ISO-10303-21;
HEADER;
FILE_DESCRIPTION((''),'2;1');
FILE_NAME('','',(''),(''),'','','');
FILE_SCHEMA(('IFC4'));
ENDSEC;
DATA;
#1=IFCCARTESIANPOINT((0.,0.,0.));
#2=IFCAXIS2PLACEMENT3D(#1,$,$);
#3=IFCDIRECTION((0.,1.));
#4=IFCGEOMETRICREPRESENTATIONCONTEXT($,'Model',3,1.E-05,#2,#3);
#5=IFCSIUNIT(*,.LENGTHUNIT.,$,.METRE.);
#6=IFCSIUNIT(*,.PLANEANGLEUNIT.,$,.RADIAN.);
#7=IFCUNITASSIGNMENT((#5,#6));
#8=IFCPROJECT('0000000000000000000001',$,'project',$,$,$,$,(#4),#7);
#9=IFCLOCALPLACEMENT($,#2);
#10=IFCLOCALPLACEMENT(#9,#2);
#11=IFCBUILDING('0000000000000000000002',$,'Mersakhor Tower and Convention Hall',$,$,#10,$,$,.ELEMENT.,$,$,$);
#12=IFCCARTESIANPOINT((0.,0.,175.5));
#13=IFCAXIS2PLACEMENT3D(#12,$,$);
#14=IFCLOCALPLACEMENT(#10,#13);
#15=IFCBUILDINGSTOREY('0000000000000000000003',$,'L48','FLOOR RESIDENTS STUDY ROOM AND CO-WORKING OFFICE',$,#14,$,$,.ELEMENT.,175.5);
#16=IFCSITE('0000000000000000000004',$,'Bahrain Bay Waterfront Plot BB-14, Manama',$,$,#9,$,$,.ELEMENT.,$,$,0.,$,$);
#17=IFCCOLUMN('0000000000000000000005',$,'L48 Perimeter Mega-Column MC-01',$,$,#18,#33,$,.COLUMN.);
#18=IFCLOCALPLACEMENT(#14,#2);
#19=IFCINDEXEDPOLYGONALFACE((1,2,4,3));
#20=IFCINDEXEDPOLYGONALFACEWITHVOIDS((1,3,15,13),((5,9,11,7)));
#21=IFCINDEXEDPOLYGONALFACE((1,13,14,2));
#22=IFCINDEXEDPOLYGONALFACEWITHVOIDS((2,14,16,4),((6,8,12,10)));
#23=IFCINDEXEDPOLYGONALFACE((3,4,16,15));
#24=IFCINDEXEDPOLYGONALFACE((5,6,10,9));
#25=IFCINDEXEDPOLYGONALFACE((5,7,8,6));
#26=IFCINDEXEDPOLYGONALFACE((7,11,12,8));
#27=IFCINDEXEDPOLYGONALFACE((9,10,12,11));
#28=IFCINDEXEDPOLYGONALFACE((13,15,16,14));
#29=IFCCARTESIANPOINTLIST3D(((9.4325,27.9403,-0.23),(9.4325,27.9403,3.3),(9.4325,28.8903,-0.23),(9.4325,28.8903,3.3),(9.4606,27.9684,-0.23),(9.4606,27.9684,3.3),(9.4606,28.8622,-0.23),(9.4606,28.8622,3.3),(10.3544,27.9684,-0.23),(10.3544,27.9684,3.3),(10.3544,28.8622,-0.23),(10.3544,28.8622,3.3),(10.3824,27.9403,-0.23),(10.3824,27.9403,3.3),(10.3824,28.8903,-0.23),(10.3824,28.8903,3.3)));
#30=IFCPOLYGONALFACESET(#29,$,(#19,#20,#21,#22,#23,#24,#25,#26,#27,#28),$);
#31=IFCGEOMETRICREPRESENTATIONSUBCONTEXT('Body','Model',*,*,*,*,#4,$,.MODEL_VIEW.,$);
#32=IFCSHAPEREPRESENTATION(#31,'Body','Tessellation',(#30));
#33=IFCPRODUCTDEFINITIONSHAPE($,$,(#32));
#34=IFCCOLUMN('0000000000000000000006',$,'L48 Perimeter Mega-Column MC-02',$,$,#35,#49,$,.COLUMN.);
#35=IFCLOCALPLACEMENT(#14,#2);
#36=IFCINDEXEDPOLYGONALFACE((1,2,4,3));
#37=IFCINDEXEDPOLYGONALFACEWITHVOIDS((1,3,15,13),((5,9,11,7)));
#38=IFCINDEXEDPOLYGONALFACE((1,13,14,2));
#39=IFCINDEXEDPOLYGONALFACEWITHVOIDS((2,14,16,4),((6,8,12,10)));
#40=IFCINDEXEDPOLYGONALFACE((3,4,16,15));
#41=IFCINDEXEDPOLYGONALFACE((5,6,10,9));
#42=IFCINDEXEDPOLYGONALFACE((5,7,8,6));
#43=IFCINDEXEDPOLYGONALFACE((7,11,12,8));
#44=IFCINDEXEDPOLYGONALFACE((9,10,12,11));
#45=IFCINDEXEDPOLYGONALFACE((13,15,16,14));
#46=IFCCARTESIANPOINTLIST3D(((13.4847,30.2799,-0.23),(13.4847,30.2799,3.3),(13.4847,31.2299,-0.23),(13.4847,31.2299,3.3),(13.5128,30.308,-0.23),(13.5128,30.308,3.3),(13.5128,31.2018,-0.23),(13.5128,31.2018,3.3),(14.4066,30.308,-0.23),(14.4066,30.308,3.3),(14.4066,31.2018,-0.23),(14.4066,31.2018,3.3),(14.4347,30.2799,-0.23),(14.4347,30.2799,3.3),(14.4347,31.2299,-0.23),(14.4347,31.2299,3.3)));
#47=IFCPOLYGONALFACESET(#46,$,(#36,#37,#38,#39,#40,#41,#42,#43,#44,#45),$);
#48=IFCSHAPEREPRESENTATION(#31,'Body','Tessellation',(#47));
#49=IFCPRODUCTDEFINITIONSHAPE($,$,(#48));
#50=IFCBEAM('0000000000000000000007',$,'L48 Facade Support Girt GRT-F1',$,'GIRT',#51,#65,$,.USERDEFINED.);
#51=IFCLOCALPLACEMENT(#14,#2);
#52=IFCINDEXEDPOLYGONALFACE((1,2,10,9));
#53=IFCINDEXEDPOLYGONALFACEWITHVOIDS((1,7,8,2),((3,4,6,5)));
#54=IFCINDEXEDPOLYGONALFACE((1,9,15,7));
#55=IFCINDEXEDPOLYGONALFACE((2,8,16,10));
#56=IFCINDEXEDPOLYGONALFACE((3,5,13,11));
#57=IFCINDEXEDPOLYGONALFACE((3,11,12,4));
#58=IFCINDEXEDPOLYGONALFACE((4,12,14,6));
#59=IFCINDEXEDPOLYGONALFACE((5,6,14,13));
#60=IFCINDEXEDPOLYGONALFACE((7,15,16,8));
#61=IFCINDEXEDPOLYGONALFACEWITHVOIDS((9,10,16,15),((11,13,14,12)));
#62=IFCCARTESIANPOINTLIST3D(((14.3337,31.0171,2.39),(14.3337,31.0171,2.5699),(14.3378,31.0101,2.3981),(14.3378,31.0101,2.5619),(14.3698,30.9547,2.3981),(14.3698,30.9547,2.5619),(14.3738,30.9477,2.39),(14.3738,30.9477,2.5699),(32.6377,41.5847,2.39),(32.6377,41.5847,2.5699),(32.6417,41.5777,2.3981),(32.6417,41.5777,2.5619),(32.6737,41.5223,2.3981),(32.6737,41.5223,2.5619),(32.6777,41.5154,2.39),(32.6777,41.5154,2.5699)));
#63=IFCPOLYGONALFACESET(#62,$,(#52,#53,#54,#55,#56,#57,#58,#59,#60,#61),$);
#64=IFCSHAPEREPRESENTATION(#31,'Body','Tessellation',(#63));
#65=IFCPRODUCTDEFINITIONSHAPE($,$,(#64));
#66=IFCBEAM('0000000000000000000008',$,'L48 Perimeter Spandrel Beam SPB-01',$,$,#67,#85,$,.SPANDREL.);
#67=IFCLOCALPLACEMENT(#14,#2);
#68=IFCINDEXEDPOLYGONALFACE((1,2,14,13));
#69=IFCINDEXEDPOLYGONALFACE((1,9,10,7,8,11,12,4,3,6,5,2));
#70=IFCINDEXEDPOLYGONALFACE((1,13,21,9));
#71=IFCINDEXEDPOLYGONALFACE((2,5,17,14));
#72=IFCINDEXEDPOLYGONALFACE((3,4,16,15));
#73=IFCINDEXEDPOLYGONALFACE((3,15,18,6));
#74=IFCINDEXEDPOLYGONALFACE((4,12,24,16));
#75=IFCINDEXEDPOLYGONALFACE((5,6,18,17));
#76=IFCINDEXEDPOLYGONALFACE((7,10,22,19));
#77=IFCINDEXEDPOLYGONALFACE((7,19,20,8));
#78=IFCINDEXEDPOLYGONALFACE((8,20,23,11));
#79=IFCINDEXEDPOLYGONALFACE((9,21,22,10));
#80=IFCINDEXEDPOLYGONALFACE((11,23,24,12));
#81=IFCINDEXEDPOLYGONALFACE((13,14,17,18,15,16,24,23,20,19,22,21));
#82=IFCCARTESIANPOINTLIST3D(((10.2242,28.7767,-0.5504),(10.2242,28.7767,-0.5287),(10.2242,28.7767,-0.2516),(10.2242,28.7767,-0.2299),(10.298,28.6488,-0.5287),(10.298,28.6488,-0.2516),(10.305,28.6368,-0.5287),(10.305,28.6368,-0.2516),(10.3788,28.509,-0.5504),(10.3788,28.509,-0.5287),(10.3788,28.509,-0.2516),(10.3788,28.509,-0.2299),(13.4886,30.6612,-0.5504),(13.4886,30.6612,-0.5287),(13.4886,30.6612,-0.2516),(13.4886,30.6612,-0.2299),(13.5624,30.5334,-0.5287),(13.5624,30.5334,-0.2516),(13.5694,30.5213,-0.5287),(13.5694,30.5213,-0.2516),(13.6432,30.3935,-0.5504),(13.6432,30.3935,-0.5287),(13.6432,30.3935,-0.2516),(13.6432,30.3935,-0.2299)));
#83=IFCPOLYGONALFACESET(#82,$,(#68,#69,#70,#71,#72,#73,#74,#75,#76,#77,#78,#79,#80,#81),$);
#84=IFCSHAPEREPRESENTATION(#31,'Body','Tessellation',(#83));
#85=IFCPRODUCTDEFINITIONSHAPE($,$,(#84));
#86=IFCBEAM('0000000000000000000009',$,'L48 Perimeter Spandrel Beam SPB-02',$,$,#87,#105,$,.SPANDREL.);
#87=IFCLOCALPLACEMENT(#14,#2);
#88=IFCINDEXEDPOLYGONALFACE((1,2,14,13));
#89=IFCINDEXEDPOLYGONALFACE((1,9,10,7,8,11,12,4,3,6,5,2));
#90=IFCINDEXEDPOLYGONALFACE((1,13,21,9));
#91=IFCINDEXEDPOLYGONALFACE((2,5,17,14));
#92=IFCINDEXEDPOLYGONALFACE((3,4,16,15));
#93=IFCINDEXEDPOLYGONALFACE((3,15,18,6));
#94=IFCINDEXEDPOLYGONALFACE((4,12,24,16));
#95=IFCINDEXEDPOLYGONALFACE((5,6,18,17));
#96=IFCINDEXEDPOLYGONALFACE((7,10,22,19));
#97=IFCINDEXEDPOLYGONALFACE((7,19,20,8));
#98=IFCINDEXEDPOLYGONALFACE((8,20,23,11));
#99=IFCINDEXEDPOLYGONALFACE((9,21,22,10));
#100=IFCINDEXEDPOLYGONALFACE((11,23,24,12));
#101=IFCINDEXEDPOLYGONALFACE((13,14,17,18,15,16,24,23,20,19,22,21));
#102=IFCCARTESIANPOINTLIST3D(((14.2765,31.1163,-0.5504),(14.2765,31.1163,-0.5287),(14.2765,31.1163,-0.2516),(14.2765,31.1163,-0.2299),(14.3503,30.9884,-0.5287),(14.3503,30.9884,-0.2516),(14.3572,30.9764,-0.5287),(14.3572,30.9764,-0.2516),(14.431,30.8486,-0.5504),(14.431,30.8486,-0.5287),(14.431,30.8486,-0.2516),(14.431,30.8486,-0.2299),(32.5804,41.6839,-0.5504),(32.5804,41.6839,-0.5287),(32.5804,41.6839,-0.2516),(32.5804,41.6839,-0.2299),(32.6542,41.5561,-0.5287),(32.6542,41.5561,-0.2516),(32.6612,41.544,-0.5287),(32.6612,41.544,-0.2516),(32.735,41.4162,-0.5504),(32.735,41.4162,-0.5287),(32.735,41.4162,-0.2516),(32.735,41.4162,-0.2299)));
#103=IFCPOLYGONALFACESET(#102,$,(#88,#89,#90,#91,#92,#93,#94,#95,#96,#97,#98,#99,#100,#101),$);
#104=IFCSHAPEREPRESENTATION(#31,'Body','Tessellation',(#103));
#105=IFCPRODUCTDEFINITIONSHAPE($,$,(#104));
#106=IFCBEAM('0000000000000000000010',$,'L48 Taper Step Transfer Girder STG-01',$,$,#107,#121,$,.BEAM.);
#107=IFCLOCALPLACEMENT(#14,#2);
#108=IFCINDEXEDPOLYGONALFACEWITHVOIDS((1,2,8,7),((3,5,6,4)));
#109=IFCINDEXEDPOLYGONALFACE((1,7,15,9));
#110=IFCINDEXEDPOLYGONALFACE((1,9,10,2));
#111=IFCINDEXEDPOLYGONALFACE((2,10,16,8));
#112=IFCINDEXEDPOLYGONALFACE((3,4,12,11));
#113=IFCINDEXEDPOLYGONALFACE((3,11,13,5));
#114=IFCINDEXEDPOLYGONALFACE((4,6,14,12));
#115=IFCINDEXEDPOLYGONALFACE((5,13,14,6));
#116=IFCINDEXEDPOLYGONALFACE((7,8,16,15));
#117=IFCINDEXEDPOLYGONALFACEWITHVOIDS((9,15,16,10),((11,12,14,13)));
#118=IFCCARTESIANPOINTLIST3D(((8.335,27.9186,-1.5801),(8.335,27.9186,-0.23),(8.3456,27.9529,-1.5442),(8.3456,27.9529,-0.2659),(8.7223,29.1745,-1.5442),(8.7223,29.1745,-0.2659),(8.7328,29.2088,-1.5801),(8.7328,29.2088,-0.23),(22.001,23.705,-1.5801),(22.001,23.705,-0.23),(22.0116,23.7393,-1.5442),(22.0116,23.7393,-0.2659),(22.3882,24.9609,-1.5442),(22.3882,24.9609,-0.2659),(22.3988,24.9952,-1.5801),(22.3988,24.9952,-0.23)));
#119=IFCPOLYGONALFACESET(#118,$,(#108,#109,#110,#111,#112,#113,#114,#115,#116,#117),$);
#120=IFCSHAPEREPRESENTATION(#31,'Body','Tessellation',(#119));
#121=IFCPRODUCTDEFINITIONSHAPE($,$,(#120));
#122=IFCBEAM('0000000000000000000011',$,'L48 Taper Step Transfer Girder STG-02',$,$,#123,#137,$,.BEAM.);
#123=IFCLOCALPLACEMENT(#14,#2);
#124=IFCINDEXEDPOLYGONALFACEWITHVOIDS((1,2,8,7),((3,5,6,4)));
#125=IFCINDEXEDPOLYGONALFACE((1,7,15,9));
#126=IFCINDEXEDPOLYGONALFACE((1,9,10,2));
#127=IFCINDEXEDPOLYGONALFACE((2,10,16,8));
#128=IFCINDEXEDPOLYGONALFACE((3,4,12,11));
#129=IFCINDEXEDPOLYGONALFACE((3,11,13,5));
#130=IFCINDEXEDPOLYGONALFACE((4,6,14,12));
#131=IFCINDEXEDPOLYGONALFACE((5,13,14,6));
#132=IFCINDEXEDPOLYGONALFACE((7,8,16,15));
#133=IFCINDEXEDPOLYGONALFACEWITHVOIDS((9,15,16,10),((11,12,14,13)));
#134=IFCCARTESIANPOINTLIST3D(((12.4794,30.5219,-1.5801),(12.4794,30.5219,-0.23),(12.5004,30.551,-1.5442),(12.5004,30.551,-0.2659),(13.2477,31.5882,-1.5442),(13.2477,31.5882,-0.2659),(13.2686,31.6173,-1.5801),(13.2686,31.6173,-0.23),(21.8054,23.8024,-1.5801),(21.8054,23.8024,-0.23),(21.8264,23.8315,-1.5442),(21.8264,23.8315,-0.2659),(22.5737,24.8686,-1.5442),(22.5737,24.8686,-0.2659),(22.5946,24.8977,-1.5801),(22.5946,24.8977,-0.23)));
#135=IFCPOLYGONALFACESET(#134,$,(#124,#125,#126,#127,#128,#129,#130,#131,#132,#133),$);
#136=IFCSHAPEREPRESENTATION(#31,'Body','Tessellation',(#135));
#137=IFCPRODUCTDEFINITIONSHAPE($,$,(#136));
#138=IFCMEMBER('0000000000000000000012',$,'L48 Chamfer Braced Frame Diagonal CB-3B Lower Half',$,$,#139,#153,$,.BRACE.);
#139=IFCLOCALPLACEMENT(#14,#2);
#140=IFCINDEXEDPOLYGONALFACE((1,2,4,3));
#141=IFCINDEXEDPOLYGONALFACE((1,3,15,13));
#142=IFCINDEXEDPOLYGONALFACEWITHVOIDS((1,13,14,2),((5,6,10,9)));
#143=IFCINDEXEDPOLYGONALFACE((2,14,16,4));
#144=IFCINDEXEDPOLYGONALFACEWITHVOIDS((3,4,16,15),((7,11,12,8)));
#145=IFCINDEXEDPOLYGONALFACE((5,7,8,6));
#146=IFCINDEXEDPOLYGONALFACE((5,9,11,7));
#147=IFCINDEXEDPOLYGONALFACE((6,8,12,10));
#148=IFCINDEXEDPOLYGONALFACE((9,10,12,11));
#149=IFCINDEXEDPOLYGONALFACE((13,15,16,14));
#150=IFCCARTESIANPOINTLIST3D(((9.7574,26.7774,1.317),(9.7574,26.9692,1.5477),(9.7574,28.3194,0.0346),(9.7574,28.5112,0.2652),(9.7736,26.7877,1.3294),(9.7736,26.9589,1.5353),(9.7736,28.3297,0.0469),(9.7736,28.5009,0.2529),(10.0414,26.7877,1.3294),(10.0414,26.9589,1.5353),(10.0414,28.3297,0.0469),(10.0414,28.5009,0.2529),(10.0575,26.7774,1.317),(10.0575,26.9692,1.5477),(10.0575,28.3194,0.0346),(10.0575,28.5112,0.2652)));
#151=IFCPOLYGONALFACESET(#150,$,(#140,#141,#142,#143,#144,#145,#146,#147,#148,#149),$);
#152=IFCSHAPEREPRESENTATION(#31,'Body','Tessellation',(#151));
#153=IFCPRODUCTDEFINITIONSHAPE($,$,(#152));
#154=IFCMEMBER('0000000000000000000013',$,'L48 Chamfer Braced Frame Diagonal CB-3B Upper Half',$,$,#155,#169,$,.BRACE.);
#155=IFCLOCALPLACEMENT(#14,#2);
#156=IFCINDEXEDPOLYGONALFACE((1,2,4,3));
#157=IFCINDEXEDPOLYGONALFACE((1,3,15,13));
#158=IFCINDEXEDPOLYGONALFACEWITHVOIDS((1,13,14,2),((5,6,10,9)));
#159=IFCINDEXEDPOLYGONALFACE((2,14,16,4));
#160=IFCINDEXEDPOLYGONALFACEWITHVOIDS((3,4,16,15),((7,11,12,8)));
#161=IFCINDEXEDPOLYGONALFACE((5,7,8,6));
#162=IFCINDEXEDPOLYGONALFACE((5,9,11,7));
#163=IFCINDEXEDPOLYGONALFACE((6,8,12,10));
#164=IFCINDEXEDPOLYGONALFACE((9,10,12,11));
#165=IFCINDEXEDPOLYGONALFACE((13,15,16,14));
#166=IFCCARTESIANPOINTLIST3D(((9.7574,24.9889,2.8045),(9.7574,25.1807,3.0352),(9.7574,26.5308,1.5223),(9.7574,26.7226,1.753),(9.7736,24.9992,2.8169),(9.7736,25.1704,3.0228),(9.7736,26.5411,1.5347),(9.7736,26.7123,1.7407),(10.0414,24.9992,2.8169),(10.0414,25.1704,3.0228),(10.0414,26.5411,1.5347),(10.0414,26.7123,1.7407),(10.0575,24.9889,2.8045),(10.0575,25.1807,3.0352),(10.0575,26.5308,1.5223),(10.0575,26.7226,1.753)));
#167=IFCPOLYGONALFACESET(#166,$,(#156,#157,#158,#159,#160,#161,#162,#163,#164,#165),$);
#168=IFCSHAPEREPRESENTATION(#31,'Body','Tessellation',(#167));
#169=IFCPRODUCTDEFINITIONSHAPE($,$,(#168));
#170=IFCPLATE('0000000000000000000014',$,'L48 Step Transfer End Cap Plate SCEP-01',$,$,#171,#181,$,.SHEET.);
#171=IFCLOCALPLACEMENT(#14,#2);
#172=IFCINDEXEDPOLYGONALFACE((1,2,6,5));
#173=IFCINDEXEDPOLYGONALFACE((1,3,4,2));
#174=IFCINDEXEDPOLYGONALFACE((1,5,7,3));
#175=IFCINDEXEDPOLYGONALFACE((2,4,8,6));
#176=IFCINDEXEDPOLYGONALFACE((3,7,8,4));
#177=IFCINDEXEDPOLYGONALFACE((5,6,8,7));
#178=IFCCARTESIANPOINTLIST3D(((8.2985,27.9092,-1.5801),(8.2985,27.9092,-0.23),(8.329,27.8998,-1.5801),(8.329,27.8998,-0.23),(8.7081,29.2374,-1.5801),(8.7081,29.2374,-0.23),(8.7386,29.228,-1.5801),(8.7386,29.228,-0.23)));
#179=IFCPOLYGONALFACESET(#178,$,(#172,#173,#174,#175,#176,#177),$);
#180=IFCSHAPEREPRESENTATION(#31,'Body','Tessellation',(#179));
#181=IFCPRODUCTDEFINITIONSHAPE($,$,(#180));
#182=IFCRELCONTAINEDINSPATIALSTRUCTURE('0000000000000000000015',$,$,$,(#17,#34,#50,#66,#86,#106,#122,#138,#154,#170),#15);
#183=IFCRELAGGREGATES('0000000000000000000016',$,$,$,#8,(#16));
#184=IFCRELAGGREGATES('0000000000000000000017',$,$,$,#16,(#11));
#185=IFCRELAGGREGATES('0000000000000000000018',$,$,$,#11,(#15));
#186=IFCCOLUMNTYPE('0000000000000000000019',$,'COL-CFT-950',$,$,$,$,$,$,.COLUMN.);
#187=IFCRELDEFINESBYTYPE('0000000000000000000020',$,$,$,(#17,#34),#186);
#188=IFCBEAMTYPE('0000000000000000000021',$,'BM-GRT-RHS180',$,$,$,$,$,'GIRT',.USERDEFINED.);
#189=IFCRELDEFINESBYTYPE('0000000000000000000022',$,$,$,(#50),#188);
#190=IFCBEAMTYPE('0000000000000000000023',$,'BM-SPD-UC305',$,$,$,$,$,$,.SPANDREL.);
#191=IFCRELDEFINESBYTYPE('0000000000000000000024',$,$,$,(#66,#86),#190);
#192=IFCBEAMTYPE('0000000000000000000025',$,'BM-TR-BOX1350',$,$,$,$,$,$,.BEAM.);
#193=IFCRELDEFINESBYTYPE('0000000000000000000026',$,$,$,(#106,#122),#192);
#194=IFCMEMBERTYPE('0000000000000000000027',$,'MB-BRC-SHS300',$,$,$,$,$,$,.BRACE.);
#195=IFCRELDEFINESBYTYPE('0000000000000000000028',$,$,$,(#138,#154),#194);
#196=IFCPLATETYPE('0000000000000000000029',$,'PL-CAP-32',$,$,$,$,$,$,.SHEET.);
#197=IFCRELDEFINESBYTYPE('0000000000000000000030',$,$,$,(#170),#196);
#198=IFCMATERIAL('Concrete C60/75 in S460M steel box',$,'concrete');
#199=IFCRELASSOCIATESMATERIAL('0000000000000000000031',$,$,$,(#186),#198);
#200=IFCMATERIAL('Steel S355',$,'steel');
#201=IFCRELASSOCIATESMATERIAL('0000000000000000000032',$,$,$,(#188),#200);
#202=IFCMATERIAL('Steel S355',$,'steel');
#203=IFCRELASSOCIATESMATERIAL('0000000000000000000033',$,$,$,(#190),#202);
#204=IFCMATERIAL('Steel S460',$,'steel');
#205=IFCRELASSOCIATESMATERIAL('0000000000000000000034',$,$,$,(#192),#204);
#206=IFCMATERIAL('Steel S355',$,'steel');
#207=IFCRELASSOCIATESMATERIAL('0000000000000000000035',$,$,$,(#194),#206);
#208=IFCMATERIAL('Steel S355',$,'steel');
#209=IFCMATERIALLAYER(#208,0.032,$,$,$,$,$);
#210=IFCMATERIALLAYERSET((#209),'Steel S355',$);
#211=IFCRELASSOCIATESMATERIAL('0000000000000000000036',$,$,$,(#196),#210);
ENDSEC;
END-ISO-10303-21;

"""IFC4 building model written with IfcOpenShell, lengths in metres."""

from ifc_helpers import new_model, si_unit, direction, frame, origin, origin_2d, place, context, subcontext, project, spatial, rectangle, hollow_rectangle, i_section, extrude, material, layer, layer_set, material_profile, profile_set, type_object, element, save


model = new_model("IFC4")

# Units and contexts
model_context = context("Model", 3, precision=1e-05, world=origin(), true_north=direction((0.0, 1.0)))
body_context = subcontext(model_context, "Body", "Model", "MODEL_VIEW")
ifc_project = project(units=[si_unit("LENGTHUNIT", "METRE"), si_unit("PLANEANGLEUNIT", "RADIAN")], contexts=[model_context])

# Site, building, storey
site_placement = place(None, origin())
site = spatial("IfcSite", under=ifc_project, at=site_placement, Name="Bahrain Bay Waterfront Plot BB-14, Manama", CompositionType="ELEMENT", RefElevation=0.0)
building_placement = place(site_placement, origin())
building = spatial("IfcBuilding", under=site, at=building_placement, Name="Mersakhor Tower and Convention Hall", CompositionType="ELEMENT")
storey_placement = place(building_placement, frame((0.0, 0.0, 175.5)))
storey = spatial("IfcBuildingStorey", under=building, at=storey_placement, Name="L48", Description="FLOOR RESIDENTS STUDY ROOM AND CO-WORKING OFFICE", CompositionType="ELEMENT", Elevation=175.5)

# Columns
ifc_material_1 = material(Name="Concrete C60/75 in S460M steel box", Category="concrete")
ifc_material_profile_1 = material_profile(ifc_material_1, hollow_rectangle(XDim=0.95, YDim=0.95, WallThickness=0.0281, at=origin_2d()), Name="SHS 950x950x28")
ifc_profile_set_1 = profile_set([ifc_material_profile_1], Name="Concrete C60/75 in S460M steel box")
column_type = type_object("IfcColumnType", Name="COL-CFT-950", PredefinedType="COLUMN", material=ifc_profile_set_1)
for number, where, z_axis, x_axis, name in (
    (1, (9.9075, 28.4153, -0.23), (0.0, 0.0, 1.0), (1.0, 0.0, 0.0), "L48 Perimeter Mega-Column MC-01"),
    (2, (13.9597, 30.7549, -0.23), (0.0, 0.0, 1.0), (1.0, 0.0, 0.0), "L48 Perimeter Mega-Column MC-02"),
):
    element("IfcColumn", number, at=place(storey_placement, frame(where, z_axis=z_axis, x_axis=x_axis)), inside=storey, type_object=column_type, Name=name, PredefinedType="COLUMN", context=body_context, shape_type="SweptSolid", body=[
        extrude(hollow_rectangle(XDim=0.95, YDim=0.95, WallThickness=0.0281, at=origin_2d()), origin(), (0.0, 0.0, 1.0), 3.53),
    ])

# Beams
ifc_material_2 = material(Name="Steel S355", Category="steel")
ifc_material_profile_2 = material_profile(ifc_material_2, hollow_rectangle(XDim=0.0801, YDim=0.1799, WallThickness=0.0081, at=origin_2d()), Name="RHS 180x80x8")
ifc_profile_set_2 = profile_set([ifc_material_profile_2], Name="Steel S355")
beam_type_1 = type_object("IfcBeamType", Name="BM-GRT-RHS180", ElementType="GIRT", PredefinedType="USERDEFINED", material=ifc_profile_set_2)
beam_1_placement = place(storey_placement, frame((14.3538, 30.9824, 2.48), z_axis=(0.866029, 0.499994, 0.0), x_axis=(-0.499994, 0.866029, 0.0)))
element("IfcBeam", 3, at=beam_1_placement, inside=storey, type_object=beam_type_1, Name="L48 Facade Support Girt GRT-F1", ObjectType="GIRT", PredefinedType="USERDEFINED", context=body_context, shape_type="SweptSolid", body=[
    extrude(hollow_rectangle(XDim=0.0801, YDim=0.1799, WallThickness=0.0081, at=origin_2d()), origin(), (0.0, 0.0, 1.0), 21.1355),
])
ifc_material_3 = material(Name="Steel S355", Category="steel")
ifc_material_profile_3 = material_profile(ifc_material_3, i_section(OverallWidth=0.3091, OverallDepth=0.3206, WebThickness=0.0139, FlangeThickness=0.0217, at=origin_2d()), Name="UC 305x305x137")
ifc_profile_set_3 = profile_set([ifc_material_profile_3], Name="Steel S355")
beam_type_2 = type_object("IfcBeamType", Name="BM-SPD-UC305", PredefinedType="SPANDREL", material=ifc_profile_set_3)
beam_2_placement = place(storey_placement, frame((10.3015, 28.6428, -0.3901), z_axis=(0.866046, 0.499964, 0.0), x_axis=(-0.499964, 0.866046, 0.0)))
element("IfcBeam", 4, at=beam_2_placement, inside=storey, type_object=beam_type_2, Name="L48 Perimeter Spandrel Beam SPB-01", PredefinedType="SPANDREL", context=body_context, shape_type="SweptSolid", body=[
    extrude(i_section(OverallWidth=0.3091, OverallDepth=0.3206, WebThickness=0.0139, FlangeThickness=0.0217, at=origin_2d()), origin(), (0.0, 0.0, 1.0), 3.7693),
])
beam_3_placement = place(storey_placement, frame((14.3538, 30.9824, -0.3901), z_axis=(0.866029, 0.499994, 0.0), x_axis=(-0.499994, 0.866029, 0.0)))
element("IfcBeam", 5, at=beam_3_placement, inside=storey, type_object=beam_type_2, Name="L48 Perimeter Spandrel Beam SPB-02", PredefinedType="SPANDREL", context=body_context, shape_type="SweptSolid", body=[
    extrude(i_section(OverallWidth=0.3091, OverallDepth=0.3206, WebThickness=0.0139, FlangeThickness=0.0217, at=origin_2d()), origin(), (0.0, 0.0, 1.0), 21.1355),
])
ifc_material_4 = material(Name="Steel S460", Category="steel")
ifc_material_profile_4 = material_profile(ifc_material_4, hollow_rectangle(XDim=1.3501, YDim=1.3501, WallThickness=0.0359, at=origin_2d()), Name="SHS 1350x1350x36")
ifc_profile_set_4 = profile_set([ifc_material_profile_4], Name="Steel S460")
beam_type_3 = type_object("IfcBeamType", Name="BM-TR-BOX1350", PredefinedType="BEAM", material=ifc_profile_set_4)
beam_4_placement = place(storey_placement, frame((8.5339, 28.5637, -0.905), z_axis=(0.955608, -0.294641, 0.0), x_axis=(0.294641, 0.955608, 0.0)))
element("IfcBeam", 6, at=beam_4_placement, inside=storey, type_object=beam_type_3, Name="L48 Taper Step Transfer Girder STG-01", PredefinedType="BEAM", context=body_context, shape_type="SweptSolid", body=[
    extrude(hollow_rectangle(XDim=1.3501, YDim=1.3501, WallThickness=0.0359, at=origin_2d()), origin(), (0.0, 0.0, 1.0), 14.3008),
])
beam_5_placement = place(storey_placement, frame((12.874, 31.0696, -0.905), z_axis=(0.811336, -0.584581, 0.0), x_axis=(0.584581, 0.811336, 0.0)))
element("IfcBeam", 7, at=beam_5_placement, inside=storey, type_object=beam_type_3, Name="L48 Taper Step Transfer Girder STG-02", PredefinedType="BEAM", context=body_context, shape_type="SweptSolid", body=[
    extrude(hollow_rectangle(XDim=1.3501, YDim=1.3501, WallThickness=0.0359, at=origin_2d()), origin(), (0.0, 0.0, 1.0), 11.4946),
])

# Members
ifc_material_5 = material(Name="Steel S355", Category="steel")
ifc_material_profile_5 = material_profile(ifc_material_5, hollow_rectangle(XDim=0.3, YDim=0.3, WallThickness=0.0161, at=origin_2d()), Name="SHS 300x300x16")
ifc_profile_set_5 = profile_set([ifc_material_profile_5], Name="Steel S355")
member_type = type_object("IfcMemberType", Name="MB-BRC-SHS300", PredefinedType="BRACE", material=ifc_profile_set_5)
member_1_placement = place(storey_placement, frame((9.9075, 28.4153, 0.1499), z_axis=(0.0, -0.76884, 0.639442), x_axis=(1.0, 0.0, 0.0)))
element("IfcMember", 8, at=member_1_placement, inside=storey, type_object=member_type, Name="L48 Chamfer Braced Frame Diagonal CB-3B Lower Half", PredefinedType="BRACE", context=body_context, shape_type="SweptSolid", body=[
    extrude(hollow_rectangle(XDim=0.3, YDim=0.3, WallThickness=0.0161, at=origin_2d()), origin(), (0.0, 0.0, 1.0), 2.0056),
])
member_2_placement = place(storey_placement, frame((9.9075, 26.6267, 1.6377), z_axis=(0.0, -0.768899, 0.63937), x_axis=(1.0, 0.0, 0.0)))
element("IfcMember", 9, at=member_2_placement, inside=storey, type_object=member_type, Name="L48 Chamfer Braced Frame Diagonal CB-3B Upper Half", PredefinedType="BRACE", context=body_context, shape_type="SweptSolid", body=[
    extrude(hollow_rectangle(XDim=0.3, YDim=0.3, WallThickness=0.0161, at=origin_2d()), origin(), (0.0, 0.0, 1.0), 2.0054),
])

# Plate
ifc_material_6 = material(Name="Steel S355", Category="steel")
ifc_layer_1 = layer(ifc_material_6, 0.032)
ifc_layer_set_1 = layer_set([ifc_layer_1], Name="Steel S355")
plate_type_1 = type_object("IfcPlateType", Name="PL-CAP-32", PredefinedType="SHEET", material=ifc_layer_set_1)
for number, where, z_axis, x_axis, name in (
    (10, (8.5186, 28.5686, -1.5801), (0.0, 0.0, 1.0), (0.955588, -0.294708, 0.0), "L48 Step Transfer End Cap Plate SCEP-01"),
):
    element("IfcPlate", number, at=place(storey_placement, frame(where, z_axis=z_axis, x_axis=x_axis)), inside=storey, type_object=plate_type_1, Name=name, PredefinedType="SHEET", context=body_context, shape_type="SweptSolid", body=[
        extrude(rectangle(XDim=0.032, YDim=1.3899, at=origin_2d()), origin(), (0.0, 0.0, 1.0), 1.3501),
    ])

save(model, "model.ifc")
